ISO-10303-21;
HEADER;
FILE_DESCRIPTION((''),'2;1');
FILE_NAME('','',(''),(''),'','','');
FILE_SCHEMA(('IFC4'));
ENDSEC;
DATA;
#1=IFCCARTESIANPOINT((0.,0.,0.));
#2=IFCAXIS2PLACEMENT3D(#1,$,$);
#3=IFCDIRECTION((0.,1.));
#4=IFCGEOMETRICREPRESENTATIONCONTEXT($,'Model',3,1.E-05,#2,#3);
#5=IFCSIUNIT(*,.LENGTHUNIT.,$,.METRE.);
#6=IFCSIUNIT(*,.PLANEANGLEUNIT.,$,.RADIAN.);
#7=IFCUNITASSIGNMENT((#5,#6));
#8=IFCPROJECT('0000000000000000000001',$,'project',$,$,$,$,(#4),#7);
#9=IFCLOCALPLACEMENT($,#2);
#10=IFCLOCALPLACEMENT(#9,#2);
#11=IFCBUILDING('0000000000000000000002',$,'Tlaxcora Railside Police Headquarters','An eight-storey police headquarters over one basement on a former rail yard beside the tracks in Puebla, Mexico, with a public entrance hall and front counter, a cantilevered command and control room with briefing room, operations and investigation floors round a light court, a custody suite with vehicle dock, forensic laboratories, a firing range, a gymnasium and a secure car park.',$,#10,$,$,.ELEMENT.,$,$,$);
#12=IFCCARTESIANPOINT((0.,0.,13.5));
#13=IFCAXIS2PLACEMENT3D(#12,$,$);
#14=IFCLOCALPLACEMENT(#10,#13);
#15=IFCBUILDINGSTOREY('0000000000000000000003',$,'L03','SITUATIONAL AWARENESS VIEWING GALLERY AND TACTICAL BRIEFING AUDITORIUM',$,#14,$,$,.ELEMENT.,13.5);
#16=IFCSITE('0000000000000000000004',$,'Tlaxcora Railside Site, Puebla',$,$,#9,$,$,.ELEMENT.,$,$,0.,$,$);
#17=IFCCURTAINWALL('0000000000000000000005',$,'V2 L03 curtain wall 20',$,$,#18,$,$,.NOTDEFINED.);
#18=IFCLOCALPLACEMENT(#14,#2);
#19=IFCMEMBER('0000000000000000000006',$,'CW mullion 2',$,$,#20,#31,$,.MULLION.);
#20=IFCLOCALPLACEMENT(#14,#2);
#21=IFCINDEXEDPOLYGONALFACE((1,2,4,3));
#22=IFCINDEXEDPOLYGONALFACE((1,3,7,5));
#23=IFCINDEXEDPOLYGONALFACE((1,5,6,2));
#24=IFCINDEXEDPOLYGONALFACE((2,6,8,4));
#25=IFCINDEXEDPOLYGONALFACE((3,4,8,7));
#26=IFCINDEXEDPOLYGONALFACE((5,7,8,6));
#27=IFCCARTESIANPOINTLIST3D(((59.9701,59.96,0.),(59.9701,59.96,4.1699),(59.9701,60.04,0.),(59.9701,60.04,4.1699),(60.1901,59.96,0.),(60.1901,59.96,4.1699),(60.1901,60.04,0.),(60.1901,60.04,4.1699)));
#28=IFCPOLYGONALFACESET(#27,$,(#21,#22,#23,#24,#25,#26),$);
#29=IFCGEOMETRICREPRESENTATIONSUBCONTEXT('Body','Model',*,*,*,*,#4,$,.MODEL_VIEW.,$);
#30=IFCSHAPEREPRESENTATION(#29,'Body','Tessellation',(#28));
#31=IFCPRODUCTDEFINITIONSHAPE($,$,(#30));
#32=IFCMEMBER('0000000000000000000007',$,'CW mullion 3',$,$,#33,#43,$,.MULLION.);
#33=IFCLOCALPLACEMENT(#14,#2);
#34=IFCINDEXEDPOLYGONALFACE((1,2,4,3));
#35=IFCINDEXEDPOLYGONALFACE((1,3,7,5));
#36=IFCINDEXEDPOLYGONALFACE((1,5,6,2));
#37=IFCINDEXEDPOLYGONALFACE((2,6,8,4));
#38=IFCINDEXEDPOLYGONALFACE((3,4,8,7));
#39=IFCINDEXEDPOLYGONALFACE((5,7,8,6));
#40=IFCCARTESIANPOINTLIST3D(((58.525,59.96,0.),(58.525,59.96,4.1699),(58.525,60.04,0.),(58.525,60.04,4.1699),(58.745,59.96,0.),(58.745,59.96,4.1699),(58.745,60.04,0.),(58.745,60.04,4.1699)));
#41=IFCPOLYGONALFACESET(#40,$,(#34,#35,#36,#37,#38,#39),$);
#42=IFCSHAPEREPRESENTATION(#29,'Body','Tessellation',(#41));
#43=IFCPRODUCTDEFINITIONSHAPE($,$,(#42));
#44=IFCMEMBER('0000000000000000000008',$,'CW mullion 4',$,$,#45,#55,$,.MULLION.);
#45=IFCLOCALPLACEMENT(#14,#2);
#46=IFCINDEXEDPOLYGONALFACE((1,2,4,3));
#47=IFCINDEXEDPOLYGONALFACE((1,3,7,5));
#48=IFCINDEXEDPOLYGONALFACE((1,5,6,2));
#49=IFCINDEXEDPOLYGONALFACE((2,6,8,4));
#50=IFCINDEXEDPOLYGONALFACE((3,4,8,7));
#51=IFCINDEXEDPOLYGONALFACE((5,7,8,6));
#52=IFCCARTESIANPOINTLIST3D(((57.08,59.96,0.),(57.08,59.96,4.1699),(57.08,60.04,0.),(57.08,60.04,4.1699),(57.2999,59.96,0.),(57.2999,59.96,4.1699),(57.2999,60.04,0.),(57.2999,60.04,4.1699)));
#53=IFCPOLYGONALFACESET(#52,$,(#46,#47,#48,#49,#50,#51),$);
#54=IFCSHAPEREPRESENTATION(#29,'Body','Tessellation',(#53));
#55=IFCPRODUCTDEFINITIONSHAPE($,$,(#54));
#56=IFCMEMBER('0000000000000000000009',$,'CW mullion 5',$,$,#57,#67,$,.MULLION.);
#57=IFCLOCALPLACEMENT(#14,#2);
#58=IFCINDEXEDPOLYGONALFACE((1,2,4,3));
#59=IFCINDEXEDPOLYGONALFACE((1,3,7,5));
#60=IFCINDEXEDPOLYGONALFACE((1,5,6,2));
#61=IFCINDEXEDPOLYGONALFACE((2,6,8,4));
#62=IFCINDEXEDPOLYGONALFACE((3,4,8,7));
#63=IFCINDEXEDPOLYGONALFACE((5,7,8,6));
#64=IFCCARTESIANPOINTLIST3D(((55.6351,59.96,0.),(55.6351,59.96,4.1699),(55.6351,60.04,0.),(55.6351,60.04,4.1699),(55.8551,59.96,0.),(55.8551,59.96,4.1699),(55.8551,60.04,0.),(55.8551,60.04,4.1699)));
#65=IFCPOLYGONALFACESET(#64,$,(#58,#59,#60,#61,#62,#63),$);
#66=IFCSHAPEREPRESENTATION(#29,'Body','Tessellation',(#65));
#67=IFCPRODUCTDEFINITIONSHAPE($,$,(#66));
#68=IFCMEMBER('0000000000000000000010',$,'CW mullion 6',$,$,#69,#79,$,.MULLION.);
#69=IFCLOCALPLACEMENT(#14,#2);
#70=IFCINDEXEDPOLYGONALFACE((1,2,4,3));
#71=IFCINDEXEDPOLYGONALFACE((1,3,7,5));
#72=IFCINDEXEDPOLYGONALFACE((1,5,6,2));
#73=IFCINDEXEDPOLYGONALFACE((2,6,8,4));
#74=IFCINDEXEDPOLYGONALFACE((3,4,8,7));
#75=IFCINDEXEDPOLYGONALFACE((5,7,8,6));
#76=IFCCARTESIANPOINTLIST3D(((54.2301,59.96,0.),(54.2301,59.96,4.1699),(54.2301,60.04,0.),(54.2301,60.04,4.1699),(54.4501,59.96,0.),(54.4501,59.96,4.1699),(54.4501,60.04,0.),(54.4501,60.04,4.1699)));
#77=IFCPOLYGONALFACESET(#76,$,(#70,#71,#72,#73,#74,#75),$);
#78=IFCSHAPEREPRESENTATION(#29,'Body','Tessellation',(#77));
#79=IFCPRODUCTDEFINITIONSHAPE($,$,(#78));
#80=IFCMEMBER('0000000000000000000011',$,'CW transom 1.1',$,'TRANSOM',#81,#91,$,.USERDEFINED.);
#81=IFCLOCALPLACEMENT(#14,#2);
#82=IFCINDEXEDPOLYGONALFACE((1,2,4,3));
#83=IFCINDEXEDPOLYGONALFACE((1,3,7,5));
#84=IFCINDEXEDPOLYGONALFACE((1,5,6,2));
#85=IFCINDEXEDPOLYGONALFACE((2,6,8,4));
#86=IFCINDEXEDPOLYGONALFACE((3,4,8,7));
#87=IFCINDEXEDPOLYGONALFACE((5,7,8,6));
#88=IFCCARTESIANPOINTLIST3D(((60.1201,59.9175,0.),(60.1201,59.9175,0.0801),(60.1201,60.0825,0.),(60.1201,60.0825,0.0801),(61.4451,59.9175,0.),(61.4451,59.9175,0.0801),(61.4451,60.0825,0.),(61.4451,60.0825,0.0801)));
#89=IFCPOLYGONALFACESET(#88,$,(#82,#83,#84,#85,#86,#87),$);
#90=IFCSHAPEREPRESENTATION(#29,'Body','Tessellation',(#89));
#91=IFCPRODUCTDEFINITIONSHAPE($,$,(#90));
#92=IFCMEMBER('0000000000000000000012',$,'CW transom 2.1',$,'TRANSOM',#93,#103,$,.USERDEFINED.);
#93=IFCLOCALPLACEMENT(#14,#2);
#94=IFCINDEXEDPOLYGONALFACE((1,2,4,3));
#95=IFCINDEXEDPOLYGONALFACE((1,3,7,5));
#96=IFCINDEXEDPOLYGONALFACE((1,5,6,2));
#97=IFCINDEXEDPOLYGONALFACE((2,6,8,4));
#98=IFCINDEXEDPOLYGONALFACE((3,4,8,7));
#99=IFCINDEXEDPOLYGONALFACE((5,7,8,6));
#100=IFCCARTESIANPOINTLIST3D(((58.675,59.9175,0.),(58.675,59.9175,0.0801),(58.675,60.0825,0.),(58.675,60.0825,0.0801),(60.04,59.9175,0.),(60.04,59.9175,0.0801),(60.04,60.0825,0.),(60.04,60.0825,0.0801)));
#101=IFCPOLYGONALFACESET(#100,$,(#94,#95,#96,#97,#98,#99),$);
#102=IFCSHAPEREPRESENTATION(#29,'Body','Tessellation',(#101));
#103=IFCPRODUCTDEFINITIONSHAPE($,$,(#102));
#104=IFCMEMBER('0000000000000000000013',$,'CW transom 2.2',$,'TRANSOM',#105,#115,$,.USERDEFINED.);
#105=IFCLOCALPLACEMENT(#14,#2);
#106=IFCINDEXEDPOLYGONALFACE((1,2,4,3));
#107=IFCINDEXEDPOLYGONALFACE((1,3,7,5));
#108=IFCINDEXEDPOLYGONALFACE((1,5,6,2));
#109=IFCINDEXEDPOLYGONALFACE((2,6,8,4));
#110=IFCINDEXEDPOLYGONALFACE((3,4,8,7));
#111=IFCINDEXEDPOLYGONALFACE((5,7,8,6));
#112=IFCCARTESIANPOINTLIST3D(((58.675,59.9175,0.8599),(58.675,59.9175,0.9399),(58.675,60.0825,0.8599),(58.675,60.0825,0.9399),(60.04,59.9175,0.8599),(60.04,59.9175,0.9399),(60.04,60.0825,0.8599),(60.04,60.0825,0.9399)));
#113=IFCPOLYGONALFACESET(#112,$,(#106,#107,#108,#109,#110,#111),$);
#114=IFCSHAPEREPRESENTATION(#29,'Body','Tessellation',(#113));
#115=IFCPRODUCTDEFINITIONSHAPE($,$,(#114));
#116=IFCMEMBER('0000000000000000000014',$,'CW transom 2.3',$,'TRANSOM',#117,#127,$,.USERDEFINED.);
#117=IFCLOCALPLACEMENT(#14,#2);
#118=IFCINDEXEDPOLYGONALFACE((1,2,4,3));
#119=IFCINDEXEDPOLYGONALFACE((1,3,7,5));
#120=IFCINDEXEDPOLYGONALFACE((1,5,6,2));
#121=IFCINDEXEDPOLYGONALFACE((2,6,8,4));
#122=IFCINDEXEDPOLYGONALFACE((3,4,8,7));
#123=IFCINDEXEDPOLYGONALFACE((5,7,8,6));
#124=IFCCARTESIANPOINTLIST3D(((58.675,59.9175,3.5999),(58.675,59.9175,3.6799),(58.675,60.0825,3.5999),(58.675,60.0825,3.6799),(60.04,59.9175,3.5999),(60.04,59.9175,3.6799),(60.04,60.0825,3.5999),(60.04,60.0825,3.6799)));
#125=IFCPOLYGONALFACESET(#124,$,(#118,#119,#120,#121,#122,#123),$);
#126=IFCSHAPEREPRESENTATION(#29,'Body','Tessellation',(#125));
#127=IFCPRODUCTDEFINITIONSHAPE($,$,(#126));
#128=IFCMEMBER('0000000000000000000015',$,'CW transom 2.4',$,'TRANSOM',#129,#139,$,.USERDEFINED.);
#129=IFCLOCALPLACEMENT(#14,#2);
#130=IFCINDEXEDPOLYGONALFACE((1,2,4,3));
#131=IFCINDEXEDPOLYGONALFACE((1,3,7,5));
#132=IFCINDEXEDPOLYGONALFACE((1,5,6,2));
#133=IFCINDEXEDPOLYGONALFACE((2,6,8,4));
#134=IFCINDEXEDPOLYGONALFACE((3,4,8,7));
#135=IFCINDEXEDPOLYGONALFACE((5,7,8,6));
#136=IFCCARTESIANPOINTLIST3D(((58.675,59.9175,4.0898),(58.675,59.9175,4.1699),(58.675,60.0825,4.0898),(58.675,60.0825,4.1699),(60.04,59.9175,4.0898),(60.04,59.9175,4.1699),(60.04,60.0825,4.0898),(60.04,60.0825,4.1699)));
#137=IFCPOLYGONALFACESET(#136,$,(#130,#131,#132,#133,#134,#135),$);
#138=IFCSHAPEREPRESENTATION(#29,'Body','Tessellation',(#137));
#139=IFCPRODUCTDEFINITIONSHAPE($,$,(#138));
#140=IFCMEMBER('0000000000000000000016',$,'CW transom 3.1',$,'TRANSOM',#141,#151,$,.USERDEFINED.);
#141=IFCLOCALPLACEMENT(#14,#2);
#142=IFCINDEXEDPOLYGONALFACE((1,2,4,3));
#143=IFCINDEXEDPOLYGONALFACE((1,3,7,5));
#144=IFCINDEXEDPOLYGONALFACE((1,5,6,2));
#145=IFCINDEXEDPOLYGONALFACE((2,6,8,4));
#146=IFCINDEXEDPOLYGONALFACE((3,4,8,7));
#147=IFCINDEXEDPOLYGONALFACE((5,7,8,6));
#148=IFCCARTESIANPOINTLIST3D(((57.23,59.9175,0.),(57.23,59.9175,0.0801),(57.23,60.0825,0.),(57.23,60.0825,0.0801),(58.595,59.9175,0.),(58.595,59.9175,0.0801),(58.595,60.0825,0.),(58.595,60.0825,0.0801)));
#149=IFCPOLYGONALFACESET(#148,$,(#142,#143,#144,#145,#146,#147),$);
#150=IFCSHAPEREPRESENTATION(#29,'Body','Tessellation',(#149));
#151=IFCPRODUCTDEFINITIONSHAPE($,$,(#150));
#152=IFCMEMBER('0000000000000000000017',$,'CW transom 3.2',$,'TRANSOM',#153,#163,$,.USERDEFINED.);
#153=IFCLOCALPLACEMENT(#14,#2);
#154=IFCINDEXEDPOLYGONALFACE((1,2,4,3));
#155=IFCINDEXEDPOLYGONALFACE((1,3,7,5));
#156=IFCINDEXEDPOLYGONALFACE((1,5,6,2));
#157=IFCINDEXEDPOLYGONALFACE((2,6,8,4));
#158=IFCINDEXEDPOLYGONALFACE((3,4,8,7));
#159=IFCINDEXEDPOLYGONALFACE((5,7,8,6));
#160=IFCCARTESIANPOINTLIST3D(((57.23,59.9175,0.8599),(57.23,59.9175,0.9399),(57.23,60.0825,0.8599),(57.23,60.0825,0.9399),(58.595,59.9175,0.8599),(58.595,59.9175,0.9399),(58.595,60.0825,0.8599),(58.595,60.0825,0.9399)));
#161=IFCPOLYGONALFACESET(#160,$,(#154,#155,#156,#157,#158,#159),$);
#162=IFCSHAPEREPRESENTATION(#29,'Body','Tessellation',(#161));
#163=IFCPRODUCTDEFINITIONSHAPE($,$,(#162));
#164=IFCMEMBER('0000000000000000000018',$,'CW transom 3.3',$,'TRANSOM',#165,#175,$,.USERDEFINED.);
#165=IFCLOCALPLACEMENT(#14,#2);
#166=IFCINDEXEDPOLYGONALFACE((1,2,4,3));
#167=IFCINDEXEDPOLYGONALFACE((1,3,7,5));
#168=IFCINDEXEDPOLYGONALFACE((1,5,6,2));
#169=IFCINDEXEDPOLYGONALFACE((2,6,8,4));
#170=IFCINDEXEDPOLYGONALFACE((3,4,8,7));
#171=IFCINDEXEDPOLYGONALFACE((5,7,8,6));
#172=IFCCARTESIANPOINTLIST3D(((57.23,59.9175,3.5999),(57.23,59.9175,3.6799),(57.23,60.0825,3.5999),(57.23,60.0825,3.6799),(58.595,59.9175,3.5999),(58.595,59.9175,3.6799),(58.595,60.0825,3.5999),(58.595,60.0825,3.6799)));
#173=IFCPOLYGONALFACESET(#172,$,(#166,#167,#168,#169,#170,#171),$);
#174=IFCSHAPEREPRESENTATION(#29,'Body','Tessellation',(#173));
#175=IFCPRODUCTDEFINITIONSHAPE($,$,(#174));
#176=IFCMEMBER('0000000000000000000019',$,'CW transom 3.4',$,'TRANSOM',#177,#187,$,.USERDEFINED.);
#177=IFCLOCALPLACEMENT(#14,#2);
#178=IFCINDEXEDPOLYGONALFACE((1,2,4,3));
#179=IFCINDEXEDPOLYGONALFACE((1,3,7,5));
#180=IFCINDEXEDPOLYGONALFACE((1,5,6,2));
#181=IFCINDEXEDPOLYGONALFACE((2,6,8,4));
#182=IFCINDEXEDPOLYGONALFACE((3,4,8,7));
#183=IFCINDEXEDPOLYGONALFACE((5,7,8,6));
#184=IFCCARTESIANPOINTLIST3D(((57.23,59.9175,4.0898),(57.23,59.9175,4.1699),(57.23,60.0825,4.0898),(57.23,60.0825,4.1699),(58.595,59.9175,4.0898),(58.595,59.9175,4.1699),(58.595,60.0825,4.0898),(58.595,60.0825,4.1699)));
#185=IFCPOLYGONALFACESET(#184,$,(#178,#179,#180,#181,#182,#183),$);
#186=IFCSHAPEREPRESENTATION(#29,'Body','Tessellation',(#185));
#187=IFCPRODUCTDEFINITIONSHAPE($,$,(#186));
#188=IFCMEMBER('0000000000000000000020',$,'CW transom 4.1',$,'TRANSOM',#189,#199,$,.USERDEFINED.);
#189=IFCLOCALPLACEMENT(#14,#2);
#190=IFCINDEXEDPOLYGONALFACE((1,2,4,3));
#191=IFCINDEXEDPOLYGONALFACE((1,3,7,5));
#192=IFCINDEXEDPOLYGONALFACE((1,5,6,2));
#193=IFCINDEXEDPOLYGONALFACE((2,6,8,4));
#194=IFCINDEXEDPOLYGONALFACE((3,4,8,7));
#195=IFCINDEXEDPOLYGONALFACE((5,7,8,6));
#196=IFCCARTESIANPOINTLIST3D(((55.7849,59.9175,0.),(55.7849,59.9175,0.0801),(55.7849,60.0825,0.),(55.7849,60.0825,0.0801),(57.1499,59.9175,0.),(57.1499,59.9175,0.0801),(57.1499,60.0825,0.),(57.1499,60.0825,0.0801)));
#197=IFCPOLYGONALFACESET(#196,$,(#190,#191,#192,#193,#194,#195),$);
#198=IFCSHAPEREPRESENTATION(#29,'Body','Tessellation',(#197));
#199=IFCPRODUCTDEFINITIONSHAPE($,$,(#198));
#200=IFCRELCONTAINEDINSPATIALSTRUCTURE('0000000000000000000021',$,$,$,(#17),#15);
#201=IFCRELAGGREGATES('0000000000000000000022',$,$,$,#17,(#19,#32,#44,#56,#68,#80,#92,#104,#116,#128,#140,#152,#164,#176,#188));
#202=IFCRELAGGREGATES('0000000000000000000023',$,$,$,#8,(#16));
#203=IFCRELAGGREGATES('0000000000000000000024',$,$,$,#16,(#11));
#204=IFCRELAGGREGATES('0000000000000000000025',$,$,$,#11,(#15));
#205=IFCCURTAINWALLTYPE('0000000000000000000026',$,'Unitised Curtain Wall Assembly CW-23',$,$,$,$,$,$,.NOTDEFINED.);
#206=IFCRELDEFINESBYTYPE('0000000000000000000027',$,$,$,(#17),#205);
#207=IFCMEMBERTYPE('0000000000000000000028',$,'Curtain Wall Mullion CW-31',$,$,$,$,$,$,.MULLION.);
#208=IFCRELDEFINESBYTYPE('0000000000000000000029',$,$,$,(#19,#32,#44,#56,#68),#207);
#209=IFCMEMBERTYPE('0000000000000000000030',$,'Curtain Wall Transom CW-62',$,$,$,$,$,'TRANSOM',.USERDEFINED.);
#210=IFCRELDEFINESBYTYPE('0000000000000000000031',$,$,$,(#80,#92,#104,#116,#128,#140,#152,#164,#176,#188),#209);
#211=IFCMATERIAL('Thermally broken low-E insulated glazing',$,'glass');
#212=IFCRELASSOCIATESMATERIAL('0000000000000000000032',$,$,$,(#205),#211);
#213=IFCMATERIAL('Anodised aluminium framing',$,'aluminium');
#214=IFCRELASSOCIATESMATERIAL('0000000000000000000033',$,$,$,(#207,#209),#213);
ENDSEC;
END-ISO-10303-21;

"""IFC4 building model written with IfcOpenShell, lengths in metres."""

from ifc_helpers import new_model, si_unit, direction, frame, origin, origin_2d, place, context, subcontext, project, spatial, rectangle, extrude, material, material_profile, profile_set, type_object, element, aggregate, save


model = new_model("IFC4")

# Units and contexts
model_context = context("Model", 3, precision=1e-05, world=origin(), true_north=direction((0.0, 1.0)))
body_context = subcontext(model_context, "Body", "Model", "MODEL_VIEW")
ifc_project = project(units=[si_unit("LENGTHUNIT", "METRE"), si_unit("PLANEANGLEUNIT", "RADIAN")], contexts=[model_context])

# Site, building, storey
site_placement = place(None, origin())
site = spatial("IfcSite", under=ifc_project, at=site_placement, Name="Tlaxcora Railside Site, Puebla", CompositionType="ELEMENT", RefElevation=0.0)
building_placement = place(site_placement, origin())
building = spatial("IfcBuilding", under=site, at=building_placement, Name="Tlaxcora Railside Police Headquarters", Description="An eight-storey police headquarters over one basement on a former rail yard beside the tracks in Puebla, Mexico, with a public entrance hall and front counter, a cantilevered command and control room with briefing room, operations and investigation floors round a light court, a custody suite with vehicle dock, forensic laboratories, a firing range, a gymnasium and a secure car park.", CompositionType="ELEMENT")
storey_placement = place(building_placement, frame((0.0, 0.0, 13.5)))
storey = spatial("IfcBuildingStorey", under=building, at=storey_placement, Name="L03", Description="SITUATIONAL AWARENESS VIEWING GALLERY AND TACTICAL BRIEFING AUDITORIUM", CompositionType="ELEMENT", Elevation=13.5)

# Curtain wall, members
ifc_material_1 = material(Name="Thermally broken low-E insulated glazing", Category="glass")
curtain_wall_type = type_object("IfcCurtainWallType", Name="Unitised Curtain Wall Assembly CW-23", PredefinedType="NOTDEFINED", material=ifc_material_1)
curtain_wall_placement = place(storey_placement, origin())
curtain_wall = element("IfcCurtainWall", 1, at=curtain_wall_placement, inside=storey, type_object=curtain_wall_type, Name="V2 L03 curtain wall 20", PredefinedType="NOTDEFINED")
ifc_material_2 = material(Name="Anodised aluminium framing", Category="aluminium")
ifc_material_profile_1 = material_profile(ifc_material_2, rectangle(XDim=0.0801, YDim=0.22, at=origin_2d()), Name="AL80X220")
ifc_profile_set_1 = profile_set([ifc_material_profile_1], Name="Anodised aluminium framing")
member_type_1 = type_object("IfcMemberType", Name="Curtain Wall Mullion CW-31", PredefinedType="MULLION", material=ifc_profile_set_1)
member_1_placement = place(storey_placement, frame((60.0801, 60.0, 0.0), z_axis=(0.0, 0.0, 1.0), x_axis=(0.0, -1.0, 0.0)))
member_1 = element("IfcMember", 2, at=member_1_placement, type_object=member_type_1, Name="CW mullion 2", PredefinedType="MULLION", context=body_context, shape_type="SweptSolid", body=[
    extrude(rectangle(XDim=0.0801, YDim=0.22, at=origin_2d()), origin(), (0.0, 0.0, 1.0), 4.1699),
])
member_2_placement = place(storey_placement, frame((58.635, 60.0, 0.0), z_axis=(0.0, 0.0, 1.0), x_axis=(0.0, -1.0, 0.0)))
member_2 = element("IfcMember", 3, at=member_2_placement, type_object=member_type_1, Name="CW mullion 3", PredefinedType="MULLION", context=body_context, shape_type="SweptSolid", body=[
    extrude(rectangle(XDim=0.0801, YDim=0.22, at=origin_2d()), origin(), (0.0, 0.0, 1.0), 4.1699),
])
member_3_placement = place(storey_placement, frame((57.1899, 60.0, 0.0), z_axis=(0.0, 0.0, 1.0), x_axis=(0.0, -1.0, 0.0)))
member_3 = element("IfcMember", 4, at=member_3_placement, type_object=member_type_1, Name="CW mullion 4", PredefinedType="MULLION", context=body_context, shape_type="SweptSolid", body=[
    extrude(rectangle(XDim=0.0801, YDim=0.22, at=origin_2d()), origin(), (0.0, 0.0, 1.0), 4.1699),
])
member_4_placement = place(storey_placement, frame((55.7451, 60.0, 0.0), z_axis=(0.0, 0.0, 1.0), x_axis=(0.0, -1.0, 0.0)))
member_4 = element("IfcMember", 5, at=member_4_placement, type_object=member_type_1, Name="CW mullion 5", PredefinedType="MULLION", context=body_context, shape_type="SweptSolid", body=[
    extrude(rectangle(XDim=0.0801, YDim=0.22, at=origin_2d()), origin(), (0.0, 0.0, 1.0), 4.1699),
])
member_5_placement = place(storey_placement, frame((54.3401, 60.0, 0.0), z_axis=(0.0, 0.0, 1.0), x_axis=(0.0, -1.0, 0.0)))
member_5 = element("IfcMember", 6, at=member_5_placement, type_object=member_type_1, Name="CW mullion 6", PredefinedType="MULLION", context=body_context, shape_type="SweptSolid", body=[
    extrude(rectangle(XDim=0.0801, YDim=0.22, at=origin_2d()), origin(), (0.0, 0.0, 1.0), 4.1699),
])
ifc_material_profile_2 = material_profile(ifc_material_2, rectangle(XDim=0.165, YDim=0.0801, at=origin_2d()), Name="AL80X165")
ifc_profile_set_2 = profile_set([ifc_material_profile_2], Name="Anodised aluminium framing")
member_type_2 = type_object("IfcMemberType", Name="Curtain Wall Transom CW-62", ElementType="TRANSOM", PredefinedType="USERDEFINED", material=ifc_profile_set_2)
member_6_placement = place(storey_placement, frame((61.4451, 60.0, 0.04), z_axis=(-1.0, 0.0, 0.0), x_axis=(0.0, -1.0, 0.0)))
member_6 = element("IfcMember", 7, at=member_6_placement, type_object=member_type_2, Name="CW transom 1.1", ObjectType="TRANSOM", PredefinedType="USERDEFINED", context=body_context, shape_type="SweptSolid", body=[
    extrude(rectangle(XDim=0.165, YDim=0.0801, at=origin_2d()), origin(), (0.0, 0.0, 1.0), 1.325),
])
member_7_placement = place(storey_placement, frame((60.04, 60.0, 0.04), z_axis=(-1.0, 0.0, 0.0), x_axis=(0.0, -1.0, 0.0)))
member_7 = element("IfcMember", 8, at=member_7_placement, type_object=member_type_2, Name="CW transom 2.1", ObjectType="TRANSOM", PredefinedType="USERDEFINED", context=body_context, shape_type="SweptSolid", body=[
    extrude(rectangle(XDim=0.165, YDim=0.0801, at=origin_2d()), origin(), (0.0, 0.0, 1.0), 1.365),
])
member_8_placement = place(storey_placement, frame((60.04, 60.0, 0.8999), z_axis=(-1.0, 0.0, 0.0), x_axis=(0.0, -1.0, 0.0)))
member_8 = element("IfcMember", 9, at=member_8_placement, type_object=member_type_2, Name="CW transom 2.2", ObjectType="TRANSOM", PredefinedType="USERDEFINED", context=body_context, shape_type="SweptSolid", body=[
    extrude(rectangle(XDim=0.165, YDim=0.0801, at=origin_2d()), origin(), (0.0, 0.0, 1.0), 1.365),
])
member_9_placement = place(storey_placement, frame((60.04, 60.0, 3.6399), z_axis=(-1.0, 0.0, 0.0), x_axis=(0.0, -1.0, 0.0)))
member_9 = element("IfcMember", 10, at=member_9_placement, type_object=member_type_2, Name="CW transom 2.3", ObjectType="TRANSOM", PredefinedType="USERDEFINED", context=body_context, shape_type="SweptSolid", body=[
    extrude(rectangle(XDim=0.165, YDim=0.0801, at=origin_2d()), origin(), (0.0, 0.0, 1.0), 1.365),
])
member_10_placement = place(storey_placement, frame((60.04, 60.0, 4.1299), z_axis=(-1.0, 0.0, 0.0), x_axis=(0.0, -1.0, 0.0)))
member_10 = element("IfcMember", 11, at=member_10_placement, type_object=member_type_2, Name="CW transom 2.4", ObjectType="TRANSOM", PredefinedType="USERDEFINED", context=body_context, shape_type="SweptSolid", body=[
    extrude(rectangle(XDim=0.165, YDim=0.0801, at=origin_2d()), origin(), (0.0, 0.0, 1.0), 1.365),
])
member_11_placement = place(storey_placement, frame((58.595, 60.0, 0.04), z_axis=(-1.0, 0.0, 0.0), x_axis=(0.0, -1.0, 0.0)))
member_11 = element("IfcMember", 12, at=member_11_placement, type_object=member_type_2, Name="CW transom 3.1", ObjectType="TRANSOM", PredefinedType="USERDEFINED", context=body_context, shape_type="SweptSolid", body=[
    extrude(rectangle(XDim=0.165, YDim=0.0801, at=origin_2d()), origin(), (0.0, 0.0, 1.0), 1.365),
])
member_12_placement = place(storey_placement, frame((58.595, 60.0, 0.8999), z_axis=(-1.0, 0.0, 0.0), x_axis=(0.0, -1.0, 0.0)))
member_12 = element("IfcMember", 13, at=member_12_placement, type_object=member_type_2, Name="CW transom 3.2", ObjectType="TRANSOM", PredefinedType="USERDEFINED", context=body_context, shape_type="SweptSolid", body=[
    extrude(rectangle(XDim=0.165, YDim=0.0801, at=origin_2d()), origin(), (0.0, 0.0, 1.0), 1.365),
])
member_13_placement = place(storey_placement, frame((58.595, 60.0, 3.6399), z_axis=(-1.0, 0.0, 0.0), x_axis=(0.0, -1.0, 0.0)))
member_13 = element("IfcMember", 14, at=member_13_placement, type_object=member_type_2, Name="CW transom 3.3", ObjectType="TRANSOM", PredefinedType="USERDEFINED", context=body_context, shape_type="SweptSolid", body=[
    extrude(rectangle(XDim=0.165, YDim=0.0801, at=origin_2d()), origin(), (0.0, 0.0, 1.0), 1.365),
])
member_14_placement = place(storey_placement, frame((58.595, 60.0, 4.1299), z_axis=(-1.0, 0.0, 0.0), x_axis=(0.0, -1.0, 0.0)))
member_14 = element("IfcMember", 15, at=member_14_placement, type_object=member_type_2, Name="CW transom 3.4", ObjectType="TRANSOM", PredefinedType="USERDEFINED", context=body_context, shape_type="SweptSolid", body=[
    extrude(rectangle(XDim=0.165, YDim=0.0801, at=origin_2d()), origin(), (0.0, 0.0, 1.0), 1.365),
])
member_15_placement = place(storey_placement, frame((57.1499, 60.0, 0.04), z_axis=(-1.0, 0.0, 0.0), x_axis=(0.0, -1.0, 0.0)))
member_15 = element("IfcMember", 16, at=member_15_placement, type_object=member_type_2, Name="CW transom 4.1", ObjectType="TRANSOM", PredefinedType="USERDEFINED", context=body_context, shape_type="SweptSolid", body=[
    extrude(rectangle(XDim=0.165, YDim=0.0801, at=origin_2d()), origin(), (0.0, 0.0, 1.0), 1.365),
])

aggregate(curtain_wall, [member_1, member_2, member_3, member_4, member_5, member_6, member_7, member_8, member_9, member_10, member_11, member_12, member_13, member_14, member_15])

save(model, "model.ifc")
